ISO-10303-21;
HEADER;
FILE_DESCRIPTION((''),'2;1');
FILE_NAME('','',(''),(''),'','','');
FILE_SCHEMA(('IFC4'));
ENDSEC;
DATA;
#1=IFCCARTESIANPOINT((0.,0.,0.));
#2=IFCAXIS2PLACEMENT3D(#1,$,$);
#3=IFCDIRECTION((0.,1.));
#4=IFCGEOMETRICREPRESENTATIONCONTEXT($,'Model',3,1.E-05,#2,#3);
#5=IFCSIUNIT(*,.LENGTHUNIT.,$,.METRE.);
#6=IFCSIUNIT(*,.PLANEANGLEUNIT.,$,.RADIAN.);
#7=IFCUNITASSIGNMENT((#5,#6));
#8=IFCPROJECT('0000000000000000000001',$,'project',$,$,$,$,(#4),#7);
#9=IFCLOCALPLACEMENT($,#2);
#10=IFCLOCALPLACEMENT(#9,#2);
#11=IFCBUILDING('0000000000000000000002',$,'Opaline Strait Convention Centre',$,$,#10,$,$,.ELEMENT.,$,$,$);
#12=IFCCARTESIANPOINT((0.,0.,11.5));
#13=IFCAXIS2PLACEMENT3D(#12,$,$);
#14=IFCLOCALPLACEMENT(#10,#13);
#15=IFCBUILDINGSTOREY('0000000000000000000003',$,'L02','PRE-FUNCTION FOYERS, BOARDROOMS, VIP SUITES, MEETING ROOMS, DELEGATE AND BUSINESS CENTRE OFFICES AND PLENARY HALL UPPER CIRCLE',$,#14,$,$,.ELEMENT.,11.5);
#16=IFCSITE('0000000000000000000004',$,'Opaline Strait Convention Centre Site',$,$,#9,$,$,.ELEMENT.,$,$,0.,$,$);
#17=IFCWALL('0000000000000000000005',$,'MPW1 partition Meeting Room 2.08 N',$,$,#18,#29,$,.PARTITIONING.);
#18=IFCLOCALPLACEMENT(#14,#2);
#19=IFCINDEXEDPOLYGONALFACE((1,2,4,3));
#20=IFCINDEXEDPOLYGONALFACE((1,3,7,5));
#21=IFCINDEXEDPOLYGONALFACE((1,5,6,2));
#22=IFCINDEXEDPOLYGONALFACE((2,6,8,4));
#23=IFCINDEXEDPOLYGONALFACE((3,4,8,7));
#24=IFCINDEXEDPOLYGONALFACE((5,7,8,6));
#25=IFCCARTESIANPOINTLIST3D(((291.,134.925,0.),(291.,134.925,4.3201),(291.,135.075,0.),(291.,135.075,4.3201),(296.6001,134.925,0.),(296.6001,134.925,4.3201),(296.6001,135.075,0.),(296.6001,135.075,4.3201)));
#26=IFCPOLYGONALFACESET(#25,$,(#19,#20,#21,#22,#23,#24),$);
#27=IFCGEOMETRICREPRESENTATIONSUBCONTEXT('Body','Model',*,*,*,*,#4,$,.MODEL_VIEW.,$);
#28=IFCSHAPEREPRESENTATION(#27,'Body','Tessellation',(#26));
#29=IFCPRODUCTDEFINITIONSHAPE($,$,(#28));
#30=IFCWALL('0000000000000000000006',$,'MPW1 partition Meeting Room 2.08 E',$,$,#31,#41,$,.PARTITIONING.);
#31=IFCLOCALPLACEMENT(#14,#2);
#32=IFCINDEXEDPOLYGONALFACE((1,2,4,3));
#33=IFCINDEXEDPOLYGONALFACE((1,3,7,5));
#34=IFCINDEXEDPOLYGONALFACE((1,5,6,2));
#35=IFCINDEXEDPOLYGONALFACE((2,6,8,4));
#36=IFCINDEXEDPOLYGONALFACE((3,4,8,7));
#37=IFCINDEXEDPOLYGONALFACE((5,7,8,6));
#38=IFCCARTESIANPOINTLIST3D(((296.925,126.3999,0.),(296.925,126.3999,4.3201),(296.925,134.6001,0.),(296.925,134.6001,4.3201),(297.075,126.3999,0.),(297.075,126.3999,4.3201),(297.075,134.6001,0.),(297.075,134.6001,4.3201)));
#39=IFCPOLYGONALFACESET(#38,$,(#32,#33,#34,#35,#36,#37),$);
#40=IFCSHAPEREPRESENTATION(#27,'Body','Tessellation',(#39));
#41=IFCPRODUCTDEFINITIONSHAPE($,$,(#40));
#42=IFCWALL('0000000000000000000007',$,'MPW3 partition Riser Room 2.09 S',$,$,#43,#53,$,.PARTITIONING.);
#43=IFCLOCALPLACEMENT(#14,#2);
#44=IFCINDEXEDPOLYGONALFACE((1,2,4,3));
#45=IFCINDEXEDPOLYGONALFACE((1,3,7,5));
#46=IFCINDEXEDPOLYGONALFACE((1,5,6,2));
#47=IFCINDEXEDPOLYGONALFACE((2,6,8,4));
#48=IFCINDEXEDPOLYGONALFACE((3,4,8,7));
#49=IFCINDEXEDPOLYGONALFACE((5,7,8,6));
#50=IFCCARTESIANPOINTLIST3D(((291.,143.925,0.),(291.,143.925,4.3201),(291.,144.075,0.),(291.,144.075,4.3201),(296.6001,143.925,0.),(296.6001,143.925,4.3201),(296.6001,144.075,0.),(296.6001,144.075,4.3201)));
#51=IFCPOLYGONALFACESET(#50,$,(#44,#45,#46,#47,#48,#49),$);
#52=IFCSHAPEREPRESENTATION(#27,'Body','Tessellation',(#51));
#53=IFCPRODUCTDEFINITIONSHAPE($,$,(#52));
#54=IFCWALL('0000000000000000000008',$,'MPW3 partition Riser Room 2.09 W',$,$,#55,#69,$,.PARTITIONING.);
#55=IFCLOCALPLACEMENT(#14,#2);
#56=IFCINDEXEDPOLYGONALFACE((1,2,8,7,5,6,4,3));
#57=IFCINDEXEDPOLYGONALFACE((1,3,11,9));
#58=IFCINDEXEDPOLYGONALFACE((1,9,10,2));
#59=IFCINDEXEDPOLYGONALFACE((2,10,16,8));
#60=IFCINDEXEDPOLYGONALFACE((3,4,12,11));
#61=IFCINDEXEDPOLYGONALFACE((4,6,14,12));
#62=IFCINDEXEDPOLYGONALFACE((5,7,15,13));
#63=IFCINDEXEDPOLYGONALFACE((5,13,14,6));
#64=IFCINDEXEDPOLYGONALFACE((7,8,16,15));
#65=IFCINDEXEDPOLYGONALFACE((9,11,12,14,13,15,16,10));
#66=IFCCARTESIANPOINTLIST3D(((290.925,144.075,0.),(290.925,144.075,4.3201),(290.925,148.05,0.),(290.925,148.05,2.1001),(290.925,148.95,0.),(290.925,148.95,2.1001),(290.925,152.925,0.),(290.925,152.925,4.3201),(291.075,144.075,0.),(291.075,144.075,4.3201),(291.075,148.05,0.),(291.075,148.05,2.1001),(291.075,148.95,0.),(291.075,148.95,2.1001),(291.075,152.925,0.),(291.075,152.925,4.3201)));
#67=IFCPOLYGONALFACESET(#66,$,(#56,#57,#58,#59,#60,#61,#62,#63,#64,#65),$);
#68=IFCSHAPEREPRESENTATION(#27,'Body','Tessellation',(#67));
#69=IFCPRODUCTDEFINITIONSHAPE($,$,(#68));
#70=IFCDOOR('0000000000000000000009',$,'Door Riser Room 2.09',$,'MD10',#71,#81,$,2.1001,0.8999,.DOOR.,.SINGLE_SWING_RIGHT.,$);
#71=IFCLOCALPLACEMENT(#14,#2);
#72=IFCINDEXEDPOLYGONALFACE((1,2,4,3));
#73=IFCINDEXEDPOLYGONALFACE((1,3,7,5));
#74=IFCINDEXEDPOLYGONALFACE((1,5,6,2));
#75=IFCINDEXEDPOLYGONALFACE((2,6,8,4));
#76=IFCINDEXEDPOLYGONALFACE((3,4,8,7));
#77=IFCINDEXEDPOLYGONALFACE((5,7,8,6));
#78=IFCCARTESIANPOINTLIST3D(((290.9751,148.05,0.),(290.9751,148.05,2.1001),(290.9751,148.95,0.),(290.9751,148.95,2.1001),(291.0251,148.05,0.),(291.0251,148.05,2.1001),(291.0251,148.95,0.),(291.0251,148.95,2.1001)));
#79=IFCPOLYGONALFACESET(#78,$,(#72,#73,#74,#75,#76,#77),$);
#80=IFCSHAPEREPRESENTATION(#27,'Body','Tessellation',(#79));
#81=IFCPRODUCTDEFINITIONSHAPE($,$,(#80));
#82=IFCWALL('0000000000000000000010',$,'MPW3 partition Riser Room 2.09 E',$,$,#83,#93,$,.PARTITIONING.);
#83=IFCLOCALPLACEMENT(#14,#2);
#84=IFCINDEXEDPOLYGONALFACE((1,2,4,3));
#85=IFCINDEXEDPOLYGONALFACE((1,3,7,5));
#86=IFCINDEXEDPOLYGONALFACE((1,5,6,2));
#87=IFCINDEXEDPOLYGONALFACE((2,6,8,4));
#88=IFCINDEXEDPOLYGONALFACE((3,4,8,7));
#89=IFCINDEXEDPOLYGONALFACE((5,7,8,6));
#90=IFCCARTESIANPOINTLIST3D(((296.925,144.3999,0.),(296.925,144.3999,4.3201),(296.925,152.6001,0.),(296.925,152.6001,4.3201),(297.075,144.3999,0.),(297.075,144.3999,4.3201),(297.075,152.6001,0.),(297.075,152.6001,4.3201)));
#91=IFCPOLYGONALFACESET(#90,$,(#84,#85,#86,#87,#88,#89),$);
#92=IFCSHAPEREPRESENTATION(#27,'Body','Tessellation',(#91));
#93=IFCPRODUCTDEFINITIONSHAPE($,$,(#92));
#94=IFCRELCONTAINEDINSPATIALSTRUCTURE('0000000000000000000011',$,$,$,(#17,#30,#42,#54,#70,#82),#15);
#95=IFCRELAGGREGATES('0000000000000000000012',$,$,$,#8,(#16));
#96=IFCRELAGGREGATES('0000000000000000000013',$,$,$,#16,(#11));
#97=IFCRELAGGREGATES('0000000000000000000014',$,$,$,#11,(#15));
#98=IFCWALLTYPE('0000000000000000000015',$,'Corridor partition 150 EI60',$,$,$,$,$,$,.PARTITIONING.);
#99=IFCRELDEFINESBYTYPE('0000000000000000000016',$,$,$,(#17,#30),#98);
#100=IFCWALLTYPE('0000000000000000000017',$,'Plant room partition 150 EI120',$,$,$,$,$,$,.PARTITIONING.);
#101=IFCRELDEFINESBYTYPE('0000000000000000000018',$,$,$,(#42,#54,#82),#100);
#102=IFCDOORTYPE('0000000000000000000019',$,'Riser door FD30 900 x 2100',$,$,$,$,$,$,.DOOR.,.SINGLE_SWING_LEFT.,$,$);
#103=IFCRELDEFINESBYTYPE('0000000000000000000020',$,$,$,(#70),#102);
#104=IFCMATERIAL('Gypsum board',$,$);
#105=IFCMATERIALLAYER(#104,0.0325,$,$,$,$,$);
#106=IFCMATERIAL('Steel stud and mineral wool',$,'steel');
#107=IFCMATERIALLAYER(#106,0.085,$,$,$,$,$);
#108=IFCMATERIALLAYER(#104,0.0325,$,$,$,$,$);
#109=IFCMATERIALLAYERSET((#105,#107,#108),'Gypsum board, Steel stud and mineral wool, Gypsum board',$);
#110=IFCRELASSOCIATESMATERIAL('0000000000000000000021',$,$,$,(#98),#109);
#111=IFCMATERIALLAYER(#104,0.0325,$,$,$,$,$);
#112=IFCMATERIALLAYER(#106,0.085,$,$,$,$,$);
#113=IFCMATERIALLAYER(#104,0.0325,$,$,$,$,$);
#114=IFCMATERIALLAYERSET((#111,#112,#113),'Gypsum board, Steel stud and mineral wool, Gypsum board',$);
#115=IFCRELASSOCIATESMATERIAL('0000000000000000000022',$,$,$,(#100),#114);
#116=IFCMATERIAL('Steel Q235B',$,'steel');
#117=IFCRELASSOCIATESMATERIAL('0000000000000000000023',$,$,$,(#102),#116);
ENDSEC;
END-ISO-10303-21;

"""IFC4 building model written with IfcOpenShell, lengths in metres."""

from ifc_helpers import new_model, si_unit, direction, frame, frame_2d, origin, place, context, subcontext, project, spatial, rectangle, extrude, material, layer, layer_set, type_object, element, fill, save


model = new_model("IFC4")

# Units and contexts
model_context = context("Model", 3, precision=1e-05, world=origin(), true_north=direction((0.0, 1.0)))
body_context = subcontext(model_context, "Body", "Model", "MODEL_VIEW")
ifc_project = project(units=[si_unit("LENGTHUNIT", "METRE"), si_unit("PLANEANGLEUNIT", "RADIAN")], contexts=[model_context])

# Site, building, storey
site_placement = place(None, origin())
site = spatial("IfcSite", under=ifc_project, at=site_placement, Name="Opaline Strait Convention Centre Site", CompositionType="ELEMENT", RefElevation=0.0)
building_placement = place(site_placement, origin())
building = spatial("IfcBuilding", under=site, at=building_placement, Name="Opaline Strait Convention Centre", CompositionType="ELEMENT")
storey_placement = place(building_placement, frame((0.0, 0.0, 11.5)))
storey = spatial("IfcBuildingStorey", under=building, at=storey_placement, Name="L02", Description="PRE-FUNCTION FOYERS, BOARDROOMS, VIP SUITES, MEETING ROOMS, DELEGATE AND BUSINESS CENTRE OFFICES AND PLENARY HALL UPPER CIRCLE", CompositionType="ELEMENT", Elevation=11.5)

# Walls
ifc_material_1 = material(Name="Gypsum board")
ifc_layer_1 = layer(ifc_material_1, 0.0325)
ifc_material_2 = material(Name="Steel stud and mineral wool", Category="steel")
ifc_layer_2 = layer(ifc_material_2, 0.085)
ifc_layer_3 = layer(ifc_material_1, 0.0325)
ifc_layer_set_1 = layer_set([ifc_layer_1, ifc_layer_2, ifc_layer_3], Name="Gypsum board, Steel stud and mineral wool, Gypsum board")
wall_type_1 = type_object("IfcWallType", Name="Corridor partition 150 EI60", PredefinedType="PARTITIONING", material=ifc_layer_set_1)
wall_1_placement = place(storey_placement, frame((291.0, 135.0, 0.0), z_axis=(0.0, 0.0, 1.0), x_axis=(1.0, 0.0, 0.0)))
element("IfcWall", 1, at=wall_1_placement, inside=storey, type_object=wall_type_1, Name="MPW1 partition Meeting Room 2.08 N", PredefinedType="PARTITIONING", context=body_context, shape_type="SweptSolid", body=[
    extrude(rectangle(XDim=5.6001, YDim=0.1499, at=frame_2d((2.8, 0.0))), origin(), (0.0, 0.0, 1.0), 4.3201),
])
wall_2_placement = place(storey_placement, frame((297.0, 126.3999, 0.0), z_axis=(0.0, 0.0, 1.0), x_axis=(0.0, 1.0, 0.0)))
element("IfcWall", 2, at=wall_2_placement, inside=storey, type_object=wall_type_1, Name="MPW1 partition Meeting Room 2.08 E", PredefinedType="PARTITIONING", context=body_context, shape_type="SweptSolid", body=[
    extrude(rectangle(XDim=8.2002, YDim=0.1499, at=frame_2d((4.1001, 0.0))), origin(), (0.0, 0.0, 1.0), 4.3201),
])
ifc_layer_4 = layer(ifc_material_1, 0.0325)
ifc_layer_5 = layer(ifc_material_2, 0.085)
ifc_layer_6 = layer(ifc_material_1, 0.0325)
ifc_layer_set_2 = layer_set([ifc_layer_4, ifc_layer_5, ifc_layer_6], Name="Gypsum board, Steel stud and mineral wool, Gypsum board")
wall_type_2 = type_object("IfcWallType", Name="Plant room partition 150 EI120", PredefinedType="PARTITIONING", material=ifc_layer_set_2)
wall_3_placement = place(storey_placement, frame((291.0, 144.0, 0.0), z_axis=(0.0, 0.0, 1.0), x_axis=(1.0, 0.0, 0.0)))
element("IfcWall", 3, at=wall_3_placement, inside=storey, type_object=wall_type_2, Name="MPW3 partition Riser Room 2.09 S", PredefinedType="PARTITIONING", context=body_context, shape_type="SweptSolid", body=[
    extrude(rectangle(XDim=5.6001, YDim=0.1499, at=frame_2d((2.8, 0.0))), origin(), (0.0, 0.0, 1.0), 4.3201),
])

# Wall, opening, door
wall_4_placement = place(storey_placement, frame((291.0, 144.075, 0.0), z_axis=(0.0, 0.0, 1.0), x_axis=(0.0, 1.0, 0.0)))
wall_4 = element("IfcWall", 4, at=wall_4_placement, inside=storey, type_object=wall_type_2, Name="MPW3 partition Riser Room 2.09 W", PredefinedType="PARTITIONING", context=body_context, shape_type="SweptSolid", body=[
    extrude(rectangle(XDim=8.8501, YDim=0.1499, at=frame_2d((4.425, 0.0))), origin(), (0.0, 0.0, 1.0), 4.3201),
])
opening_placement = place(wall_4_placement, frame((3.9751, 0.0, 0.0)))
opening = element("IfcOpeningElement", 5, at=opening_placement, cuts=wall_4, PredefinedType="OPENING", context=body_context, shape_type="SweptSolid", body=[
    extrude(rectangle(XDim=0.8999, YDim=2.1001, at=frame_2d((0.45, 1.05))), frame((0.0, 0.085, 0.0), z_axis=(0.0, -1.0, 0.0), x_axis=(1.0, 0.0, 0.0)), (0.0, 0.0, 1.0), 0.1699),
])
ifc_material_3 = material(Name="Steel Q235B", Category="steel")
door_type = type_object("IfcDoorType", Name="Riser door FD30 900 x 2100", OperationType="SINGLE_SWING_LEFT", PredefinedType="DOOR", material=ifc_material_3)
door_placement = place(opening_placement, origin())
door = element("IfcDoor", 6, at=door_placement, inside=storey, type_object=door_type, Name="Door Riser Room 2.09", ObjectType="MD10", OperationType="SINGLE_SWING_RIGHT", OverallHeight=2.1001, OverallWidth=0.8999, PredefinedType="DOOR", context=body_context, shape_type="SweptSolid", body=[
    extrude(rectangle(XDim=0.8999, YDim=2.1001, at=frame_2d((0.45, 1.05))), frame((0.0, 0.0249, 0.0), z_axis=(0.0, -1.0, 0.0), x_axis=(1.0, 0.0, 0.0)), (0.0, 0.0, 1.0), 0.05),
])
fill(opening, door)

# Wall
wall_5_placement = place(storey_placement, frame((297.0, 144.3999, 0.0), z_axis=(0.0, 0.0, 1.0), x_axis=(0.0, 1.0, 0.0)))
element("IfcWall", 7, at=wall_5_placement, inside=storey, type_object=wall_type_2, Name="MPW3 partition Riser Room 2.09 E", PredefinedType="PARTITIONING", context=body_context, shape_type="SweptSolid", body=[
    extrude(rectangle(XDim=8.2002, YDim=0.1499, at=frame_2d((4.1001, 0.0))), origin(), (0.0, 0.0, 1.0), 4.3201),
])

save(model, "model.ifc")
